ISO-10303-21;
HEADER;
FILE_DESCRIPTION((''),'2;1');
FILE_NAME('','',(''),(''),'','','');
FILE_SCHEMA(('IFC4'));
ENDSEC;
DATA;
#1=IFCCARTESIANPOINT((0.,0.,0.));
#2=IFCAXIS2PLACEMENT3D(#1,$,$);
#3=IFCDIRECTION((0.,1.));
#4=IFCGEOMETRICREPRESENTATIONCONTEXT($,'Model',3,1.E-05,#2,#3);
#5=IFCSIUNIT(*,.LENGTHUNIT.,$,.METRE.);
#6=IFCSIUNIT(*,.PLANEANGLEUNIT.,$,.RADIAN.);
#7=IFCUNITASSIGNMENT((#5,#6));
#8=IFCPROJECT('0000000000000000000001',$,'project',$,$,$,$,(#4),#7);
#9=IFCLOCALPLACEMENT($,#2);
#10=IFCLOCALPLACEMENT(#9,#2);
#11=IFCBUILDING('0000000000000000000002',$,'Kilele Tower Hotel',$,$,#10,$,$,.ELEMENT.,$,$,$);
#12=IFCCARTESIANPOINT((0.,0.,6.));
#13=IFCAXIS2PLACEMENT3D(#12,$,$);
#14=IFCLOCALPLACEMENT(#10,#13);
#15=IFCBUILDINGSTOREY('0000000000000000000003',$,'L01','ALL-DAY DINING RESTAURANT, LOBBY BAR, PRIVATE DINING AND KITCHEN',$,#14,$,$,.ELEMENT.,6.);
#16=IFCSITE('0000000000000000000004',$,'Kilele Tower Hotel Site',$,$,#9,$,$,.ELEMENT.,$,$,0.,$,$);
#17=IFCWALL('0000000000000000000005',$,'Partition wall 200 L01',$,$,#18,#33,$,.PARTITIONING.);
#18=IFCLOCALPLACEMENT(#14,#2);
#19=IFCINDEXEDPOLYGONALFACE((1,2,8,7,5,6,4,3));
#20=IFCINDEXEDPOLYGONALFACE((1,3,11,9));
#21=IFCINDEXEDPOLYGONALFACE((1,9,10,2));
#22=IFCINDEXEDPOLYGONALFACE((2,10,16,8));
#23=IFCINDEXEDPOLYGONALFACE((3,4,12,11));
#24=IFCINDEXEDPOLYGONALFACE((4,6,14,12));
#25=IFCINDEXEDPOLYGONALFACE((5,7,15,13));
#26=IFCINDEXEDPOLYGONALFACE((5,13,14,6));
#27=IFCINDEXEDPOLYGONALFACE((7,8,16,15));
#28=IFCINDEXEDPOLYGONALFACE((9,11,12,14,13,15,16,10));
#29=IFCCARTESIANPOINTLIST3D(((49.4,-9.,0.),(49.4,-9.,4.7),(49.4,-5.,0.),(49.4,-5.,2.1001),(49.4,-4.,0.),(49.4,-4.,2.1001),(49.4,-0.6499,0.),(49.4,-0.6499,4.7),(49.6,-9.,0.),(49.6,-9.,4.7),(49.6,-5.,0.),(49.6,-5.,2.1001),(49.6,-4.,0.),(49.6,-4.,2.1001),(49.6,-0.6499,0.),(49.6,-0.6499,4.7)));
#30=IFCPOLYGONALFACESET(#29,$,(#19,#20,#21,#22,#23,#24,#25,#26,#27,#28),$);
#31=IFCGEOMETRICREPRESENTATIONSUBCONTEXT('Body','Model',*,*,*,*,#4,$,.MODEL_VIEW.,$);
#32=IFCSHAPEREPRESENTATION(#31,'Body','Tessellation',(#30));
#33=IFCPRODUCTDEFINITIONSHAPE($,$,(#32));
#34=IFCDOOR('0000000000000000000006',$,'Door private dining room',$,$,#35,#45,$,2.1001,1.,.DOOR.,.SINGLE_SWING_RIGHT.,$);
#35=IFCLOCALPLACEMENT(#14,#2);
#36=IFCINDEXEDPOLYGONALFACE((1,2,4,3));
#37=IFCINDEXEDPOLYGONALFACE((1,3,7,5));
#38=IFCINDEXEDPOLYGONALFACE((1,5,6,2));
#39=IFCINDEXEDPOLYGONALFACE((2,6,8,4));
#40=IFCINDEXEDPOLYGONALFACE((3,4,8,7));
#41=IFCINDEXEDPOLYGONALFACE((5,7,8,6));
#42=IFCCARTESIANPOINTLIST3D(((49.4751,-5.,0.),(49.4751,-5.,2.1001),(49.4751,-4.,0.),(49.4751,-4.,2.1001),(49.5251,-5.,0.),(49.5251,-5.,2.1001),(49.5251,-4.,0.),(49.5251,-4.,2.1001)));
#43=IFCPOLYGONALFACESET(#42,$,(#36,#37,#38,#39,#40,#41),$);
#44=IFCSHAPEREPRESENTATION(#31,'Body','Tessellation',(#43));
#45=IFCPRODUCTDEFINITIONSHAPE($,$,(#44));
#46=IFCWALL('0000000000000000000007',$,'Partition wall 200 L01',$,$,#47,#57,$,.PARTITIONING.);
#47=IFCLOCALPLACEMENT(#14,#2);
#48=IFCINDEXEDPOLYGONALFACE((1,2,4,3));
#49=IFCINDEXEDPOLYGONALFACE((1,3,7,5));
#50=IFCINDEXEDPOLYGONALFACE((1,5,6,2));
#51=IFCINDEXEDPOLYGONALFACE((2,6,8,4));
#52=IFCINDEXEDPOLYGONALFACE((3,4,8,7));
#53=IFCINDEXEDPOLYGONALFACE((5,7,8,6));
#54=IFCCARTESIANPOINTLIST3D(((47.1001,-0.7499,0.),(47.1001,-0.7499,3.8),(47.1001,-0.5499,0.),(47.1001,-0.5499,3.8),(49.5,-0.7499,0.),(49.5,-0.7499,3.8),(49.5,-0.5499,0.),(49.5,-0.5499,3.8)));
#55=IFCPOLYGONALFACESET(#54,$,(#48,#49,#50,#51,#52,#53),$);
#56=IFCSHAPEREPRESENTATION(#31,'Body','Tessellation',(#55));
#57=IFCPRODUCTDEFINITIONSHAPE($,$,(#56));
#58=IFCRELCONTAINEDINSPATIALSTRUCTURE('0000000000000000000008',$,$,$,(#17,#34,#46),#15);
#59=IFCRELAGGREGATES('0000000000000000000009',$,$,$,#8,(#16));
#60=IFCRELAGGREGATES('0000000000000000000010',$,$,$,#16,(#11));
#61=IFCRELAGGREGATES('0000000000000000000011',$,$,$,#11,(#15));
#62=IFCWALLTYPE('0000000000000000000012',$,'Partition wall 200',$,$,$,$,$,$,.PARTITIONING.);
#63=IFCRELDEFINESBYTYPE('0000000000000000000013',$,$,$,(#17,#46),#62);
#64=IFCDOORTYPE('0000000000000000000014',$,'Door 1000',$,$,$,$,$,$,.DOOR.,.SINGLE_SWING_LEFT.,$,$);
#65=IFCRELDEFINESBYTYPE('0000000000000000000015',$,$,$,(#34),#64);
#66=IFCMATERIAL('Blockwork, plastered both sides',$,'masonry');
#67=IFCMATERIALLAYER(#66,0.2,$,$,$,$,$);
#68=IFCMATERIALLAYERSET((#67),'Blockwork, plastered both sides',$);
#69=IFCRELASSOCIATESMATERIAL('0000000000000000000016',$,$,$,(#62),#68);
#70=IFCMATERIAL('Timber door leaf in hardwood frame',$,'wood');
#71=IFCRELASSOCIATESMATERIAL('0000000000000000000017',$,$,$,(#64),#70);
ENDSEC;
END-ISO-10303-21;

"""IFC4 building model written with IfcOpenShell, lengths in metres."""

from ifc_helpers import new_model, si_unit, direction, frame, frame_2d, origin, place, context, subcontext, project, spatial, rectangle, extrude, material, layer, layer_set, type_object, element, fill, save


model = new_model("IFC4")

# Units and contexts
model_context = context("Model", 3, precision=1e-05, world=origin(), true_north=direction((0.0, 1.0)))
body_context = subcontext(model_context, "Body", "Model", "MODEL_VIEW")
ifc_project = project(units=[si_unit("LENGTHUNIT", "METRE"), si_unit("PLANEANGLEUNIT", "RADIAN")], contexts=[model_context])

# Site, building, storey
site_placement = place(None, origin())
site = spatial("IfcSite", under=ifc_project, at=site_placement, Name="Kilele Tower Hotel Site", CompositionType="ELEMENT", RefElevation=0.0)
building_placement = place(site_placement, origin())
building = spatial("IfcBuilding", under=site, at=building_placement, Name="Kilele Tower Hotel", CompositionType="ELEMENT")
storey_placement = place(building_placement, frame((0.0, 0.0, 6.0)))
storey = spatial("IfcBuildingStorey", under=building, at=storey_placement, Name="L01", Description="ALL-DAY DINING RESTAURANT, LOBBY BAR, PRIVATE DINING AND KITCHEN", CompositionType="ELEMENT", Elevation=6.0)

# Wall, opening, door
ifc_material_1 = material(Name="Blockwork, plastered both sides", Category="masonry")
ifc_layer_1 = layer(ifc_material_1, 0.2)
ifc_layer_set_1 = layer_set([ifc_layer_1], Name="Blockwork, plastered both sides")
wall_type_1 = type_object("IfcWallType", Name="Partition wall 200", PredefinedType="PARTITIONING", material=ifc_layer_set_1)
wall_1_placement = place(storey_placement, frame((49.5, -9.0, 0.0), z_axis=(0.0, 0.0, 1.0), x_axis=(0.0, 1.0, 0.0)))
wall_1 = element("IfcWall", 1, at=wall_1_placement, inside=storey, type_object=wall_type_1, Name="Partition wall 200 L01", PredefinedType="PARTITIONING", context=body_context, shape_type="SweptSolid", body=[
    extrude(rectangle(XDim=8.3501, YDim=0.2, at=frame_2d((4.175, 0.0))), origin(), (0.0, 0.0, 1.0), 4.7),
])
opening_1_placement = place(wall_1_placement, frame((4.0, 0.0, 0.0)))
opening_1 = element("IfcOpeningElement", 2, at=opening_1_placement, cuts=wall_1, PredefinedType="OPENING", context=body_context, shape_type="SweptSolid", body=[
    extrude(rectangle(XDim=1.0, YDim=2.1001, at=frame_2d((0.5, 1.05))), frame((0.0, 0.1099, 0.0), z_axis=(0.0, -1.0, 0.0), x_axis=(1.0, 0.0, 0.0)), (0.0, 0.0, 1.0), 0.22),
])
ifc_material_2 = material(Name="Timber door leaf in hardwood frame", Category="wood")
door_type_1 = type_object("IfcDoorType", Name="Door 1000", OperationType="SINGLE_SWING_LEFT", PredefinedType="DOOR", material=ifc_material_2)
door_1_placement = place(opening_1_placement, origin())
door_1 = element("IfcDoor", 3, at=door_1_placement, inside=storey, type_object=door_type_1, Name="Door private dining room", OperationType="SINGLE_SWING_RIGHT", OverallHeight=2.1001, OverallWidth=1.0, PredefinedType="DOOR", context=body_context, shape_type="SweptSolid", body=[
    extrude(rectangle(XDim=1.0, YDim=2.1001, at=frame_2d((0.5, 1.05))), frame((0.0, 0.0249, 0.0), z_axis=(0.0, -1.0, 0.0), x_axis=(1.0, 0.0, 0.0)), (0.0, 0.0, 1.0), 0.05),
])
fill(opening_1, door_1)

# Wall
wall_2_placement = place(storey_placement, frame((47.1001, -0.6499, 0.0), z_axis=(0.0, 0.0, 1.0), x_axis=(1.0, 0.0, 0.0)))
element("IfcWall", 4, at=wall_2_placement, inside=storey, type_object=wall_type_1, Name="Partition wall 200 L01", PredefinedType="PARTITIONING", context=body_context, shape_type="SweptSolid", body=[
    extrude(rectangle(XDim=2.3999, YDim=0.2, at=frame_2d((1.2, 0.0))), origin(), (0.0, 0.0, 1.0), 3.8),
])

save(model, "model.ifc")
